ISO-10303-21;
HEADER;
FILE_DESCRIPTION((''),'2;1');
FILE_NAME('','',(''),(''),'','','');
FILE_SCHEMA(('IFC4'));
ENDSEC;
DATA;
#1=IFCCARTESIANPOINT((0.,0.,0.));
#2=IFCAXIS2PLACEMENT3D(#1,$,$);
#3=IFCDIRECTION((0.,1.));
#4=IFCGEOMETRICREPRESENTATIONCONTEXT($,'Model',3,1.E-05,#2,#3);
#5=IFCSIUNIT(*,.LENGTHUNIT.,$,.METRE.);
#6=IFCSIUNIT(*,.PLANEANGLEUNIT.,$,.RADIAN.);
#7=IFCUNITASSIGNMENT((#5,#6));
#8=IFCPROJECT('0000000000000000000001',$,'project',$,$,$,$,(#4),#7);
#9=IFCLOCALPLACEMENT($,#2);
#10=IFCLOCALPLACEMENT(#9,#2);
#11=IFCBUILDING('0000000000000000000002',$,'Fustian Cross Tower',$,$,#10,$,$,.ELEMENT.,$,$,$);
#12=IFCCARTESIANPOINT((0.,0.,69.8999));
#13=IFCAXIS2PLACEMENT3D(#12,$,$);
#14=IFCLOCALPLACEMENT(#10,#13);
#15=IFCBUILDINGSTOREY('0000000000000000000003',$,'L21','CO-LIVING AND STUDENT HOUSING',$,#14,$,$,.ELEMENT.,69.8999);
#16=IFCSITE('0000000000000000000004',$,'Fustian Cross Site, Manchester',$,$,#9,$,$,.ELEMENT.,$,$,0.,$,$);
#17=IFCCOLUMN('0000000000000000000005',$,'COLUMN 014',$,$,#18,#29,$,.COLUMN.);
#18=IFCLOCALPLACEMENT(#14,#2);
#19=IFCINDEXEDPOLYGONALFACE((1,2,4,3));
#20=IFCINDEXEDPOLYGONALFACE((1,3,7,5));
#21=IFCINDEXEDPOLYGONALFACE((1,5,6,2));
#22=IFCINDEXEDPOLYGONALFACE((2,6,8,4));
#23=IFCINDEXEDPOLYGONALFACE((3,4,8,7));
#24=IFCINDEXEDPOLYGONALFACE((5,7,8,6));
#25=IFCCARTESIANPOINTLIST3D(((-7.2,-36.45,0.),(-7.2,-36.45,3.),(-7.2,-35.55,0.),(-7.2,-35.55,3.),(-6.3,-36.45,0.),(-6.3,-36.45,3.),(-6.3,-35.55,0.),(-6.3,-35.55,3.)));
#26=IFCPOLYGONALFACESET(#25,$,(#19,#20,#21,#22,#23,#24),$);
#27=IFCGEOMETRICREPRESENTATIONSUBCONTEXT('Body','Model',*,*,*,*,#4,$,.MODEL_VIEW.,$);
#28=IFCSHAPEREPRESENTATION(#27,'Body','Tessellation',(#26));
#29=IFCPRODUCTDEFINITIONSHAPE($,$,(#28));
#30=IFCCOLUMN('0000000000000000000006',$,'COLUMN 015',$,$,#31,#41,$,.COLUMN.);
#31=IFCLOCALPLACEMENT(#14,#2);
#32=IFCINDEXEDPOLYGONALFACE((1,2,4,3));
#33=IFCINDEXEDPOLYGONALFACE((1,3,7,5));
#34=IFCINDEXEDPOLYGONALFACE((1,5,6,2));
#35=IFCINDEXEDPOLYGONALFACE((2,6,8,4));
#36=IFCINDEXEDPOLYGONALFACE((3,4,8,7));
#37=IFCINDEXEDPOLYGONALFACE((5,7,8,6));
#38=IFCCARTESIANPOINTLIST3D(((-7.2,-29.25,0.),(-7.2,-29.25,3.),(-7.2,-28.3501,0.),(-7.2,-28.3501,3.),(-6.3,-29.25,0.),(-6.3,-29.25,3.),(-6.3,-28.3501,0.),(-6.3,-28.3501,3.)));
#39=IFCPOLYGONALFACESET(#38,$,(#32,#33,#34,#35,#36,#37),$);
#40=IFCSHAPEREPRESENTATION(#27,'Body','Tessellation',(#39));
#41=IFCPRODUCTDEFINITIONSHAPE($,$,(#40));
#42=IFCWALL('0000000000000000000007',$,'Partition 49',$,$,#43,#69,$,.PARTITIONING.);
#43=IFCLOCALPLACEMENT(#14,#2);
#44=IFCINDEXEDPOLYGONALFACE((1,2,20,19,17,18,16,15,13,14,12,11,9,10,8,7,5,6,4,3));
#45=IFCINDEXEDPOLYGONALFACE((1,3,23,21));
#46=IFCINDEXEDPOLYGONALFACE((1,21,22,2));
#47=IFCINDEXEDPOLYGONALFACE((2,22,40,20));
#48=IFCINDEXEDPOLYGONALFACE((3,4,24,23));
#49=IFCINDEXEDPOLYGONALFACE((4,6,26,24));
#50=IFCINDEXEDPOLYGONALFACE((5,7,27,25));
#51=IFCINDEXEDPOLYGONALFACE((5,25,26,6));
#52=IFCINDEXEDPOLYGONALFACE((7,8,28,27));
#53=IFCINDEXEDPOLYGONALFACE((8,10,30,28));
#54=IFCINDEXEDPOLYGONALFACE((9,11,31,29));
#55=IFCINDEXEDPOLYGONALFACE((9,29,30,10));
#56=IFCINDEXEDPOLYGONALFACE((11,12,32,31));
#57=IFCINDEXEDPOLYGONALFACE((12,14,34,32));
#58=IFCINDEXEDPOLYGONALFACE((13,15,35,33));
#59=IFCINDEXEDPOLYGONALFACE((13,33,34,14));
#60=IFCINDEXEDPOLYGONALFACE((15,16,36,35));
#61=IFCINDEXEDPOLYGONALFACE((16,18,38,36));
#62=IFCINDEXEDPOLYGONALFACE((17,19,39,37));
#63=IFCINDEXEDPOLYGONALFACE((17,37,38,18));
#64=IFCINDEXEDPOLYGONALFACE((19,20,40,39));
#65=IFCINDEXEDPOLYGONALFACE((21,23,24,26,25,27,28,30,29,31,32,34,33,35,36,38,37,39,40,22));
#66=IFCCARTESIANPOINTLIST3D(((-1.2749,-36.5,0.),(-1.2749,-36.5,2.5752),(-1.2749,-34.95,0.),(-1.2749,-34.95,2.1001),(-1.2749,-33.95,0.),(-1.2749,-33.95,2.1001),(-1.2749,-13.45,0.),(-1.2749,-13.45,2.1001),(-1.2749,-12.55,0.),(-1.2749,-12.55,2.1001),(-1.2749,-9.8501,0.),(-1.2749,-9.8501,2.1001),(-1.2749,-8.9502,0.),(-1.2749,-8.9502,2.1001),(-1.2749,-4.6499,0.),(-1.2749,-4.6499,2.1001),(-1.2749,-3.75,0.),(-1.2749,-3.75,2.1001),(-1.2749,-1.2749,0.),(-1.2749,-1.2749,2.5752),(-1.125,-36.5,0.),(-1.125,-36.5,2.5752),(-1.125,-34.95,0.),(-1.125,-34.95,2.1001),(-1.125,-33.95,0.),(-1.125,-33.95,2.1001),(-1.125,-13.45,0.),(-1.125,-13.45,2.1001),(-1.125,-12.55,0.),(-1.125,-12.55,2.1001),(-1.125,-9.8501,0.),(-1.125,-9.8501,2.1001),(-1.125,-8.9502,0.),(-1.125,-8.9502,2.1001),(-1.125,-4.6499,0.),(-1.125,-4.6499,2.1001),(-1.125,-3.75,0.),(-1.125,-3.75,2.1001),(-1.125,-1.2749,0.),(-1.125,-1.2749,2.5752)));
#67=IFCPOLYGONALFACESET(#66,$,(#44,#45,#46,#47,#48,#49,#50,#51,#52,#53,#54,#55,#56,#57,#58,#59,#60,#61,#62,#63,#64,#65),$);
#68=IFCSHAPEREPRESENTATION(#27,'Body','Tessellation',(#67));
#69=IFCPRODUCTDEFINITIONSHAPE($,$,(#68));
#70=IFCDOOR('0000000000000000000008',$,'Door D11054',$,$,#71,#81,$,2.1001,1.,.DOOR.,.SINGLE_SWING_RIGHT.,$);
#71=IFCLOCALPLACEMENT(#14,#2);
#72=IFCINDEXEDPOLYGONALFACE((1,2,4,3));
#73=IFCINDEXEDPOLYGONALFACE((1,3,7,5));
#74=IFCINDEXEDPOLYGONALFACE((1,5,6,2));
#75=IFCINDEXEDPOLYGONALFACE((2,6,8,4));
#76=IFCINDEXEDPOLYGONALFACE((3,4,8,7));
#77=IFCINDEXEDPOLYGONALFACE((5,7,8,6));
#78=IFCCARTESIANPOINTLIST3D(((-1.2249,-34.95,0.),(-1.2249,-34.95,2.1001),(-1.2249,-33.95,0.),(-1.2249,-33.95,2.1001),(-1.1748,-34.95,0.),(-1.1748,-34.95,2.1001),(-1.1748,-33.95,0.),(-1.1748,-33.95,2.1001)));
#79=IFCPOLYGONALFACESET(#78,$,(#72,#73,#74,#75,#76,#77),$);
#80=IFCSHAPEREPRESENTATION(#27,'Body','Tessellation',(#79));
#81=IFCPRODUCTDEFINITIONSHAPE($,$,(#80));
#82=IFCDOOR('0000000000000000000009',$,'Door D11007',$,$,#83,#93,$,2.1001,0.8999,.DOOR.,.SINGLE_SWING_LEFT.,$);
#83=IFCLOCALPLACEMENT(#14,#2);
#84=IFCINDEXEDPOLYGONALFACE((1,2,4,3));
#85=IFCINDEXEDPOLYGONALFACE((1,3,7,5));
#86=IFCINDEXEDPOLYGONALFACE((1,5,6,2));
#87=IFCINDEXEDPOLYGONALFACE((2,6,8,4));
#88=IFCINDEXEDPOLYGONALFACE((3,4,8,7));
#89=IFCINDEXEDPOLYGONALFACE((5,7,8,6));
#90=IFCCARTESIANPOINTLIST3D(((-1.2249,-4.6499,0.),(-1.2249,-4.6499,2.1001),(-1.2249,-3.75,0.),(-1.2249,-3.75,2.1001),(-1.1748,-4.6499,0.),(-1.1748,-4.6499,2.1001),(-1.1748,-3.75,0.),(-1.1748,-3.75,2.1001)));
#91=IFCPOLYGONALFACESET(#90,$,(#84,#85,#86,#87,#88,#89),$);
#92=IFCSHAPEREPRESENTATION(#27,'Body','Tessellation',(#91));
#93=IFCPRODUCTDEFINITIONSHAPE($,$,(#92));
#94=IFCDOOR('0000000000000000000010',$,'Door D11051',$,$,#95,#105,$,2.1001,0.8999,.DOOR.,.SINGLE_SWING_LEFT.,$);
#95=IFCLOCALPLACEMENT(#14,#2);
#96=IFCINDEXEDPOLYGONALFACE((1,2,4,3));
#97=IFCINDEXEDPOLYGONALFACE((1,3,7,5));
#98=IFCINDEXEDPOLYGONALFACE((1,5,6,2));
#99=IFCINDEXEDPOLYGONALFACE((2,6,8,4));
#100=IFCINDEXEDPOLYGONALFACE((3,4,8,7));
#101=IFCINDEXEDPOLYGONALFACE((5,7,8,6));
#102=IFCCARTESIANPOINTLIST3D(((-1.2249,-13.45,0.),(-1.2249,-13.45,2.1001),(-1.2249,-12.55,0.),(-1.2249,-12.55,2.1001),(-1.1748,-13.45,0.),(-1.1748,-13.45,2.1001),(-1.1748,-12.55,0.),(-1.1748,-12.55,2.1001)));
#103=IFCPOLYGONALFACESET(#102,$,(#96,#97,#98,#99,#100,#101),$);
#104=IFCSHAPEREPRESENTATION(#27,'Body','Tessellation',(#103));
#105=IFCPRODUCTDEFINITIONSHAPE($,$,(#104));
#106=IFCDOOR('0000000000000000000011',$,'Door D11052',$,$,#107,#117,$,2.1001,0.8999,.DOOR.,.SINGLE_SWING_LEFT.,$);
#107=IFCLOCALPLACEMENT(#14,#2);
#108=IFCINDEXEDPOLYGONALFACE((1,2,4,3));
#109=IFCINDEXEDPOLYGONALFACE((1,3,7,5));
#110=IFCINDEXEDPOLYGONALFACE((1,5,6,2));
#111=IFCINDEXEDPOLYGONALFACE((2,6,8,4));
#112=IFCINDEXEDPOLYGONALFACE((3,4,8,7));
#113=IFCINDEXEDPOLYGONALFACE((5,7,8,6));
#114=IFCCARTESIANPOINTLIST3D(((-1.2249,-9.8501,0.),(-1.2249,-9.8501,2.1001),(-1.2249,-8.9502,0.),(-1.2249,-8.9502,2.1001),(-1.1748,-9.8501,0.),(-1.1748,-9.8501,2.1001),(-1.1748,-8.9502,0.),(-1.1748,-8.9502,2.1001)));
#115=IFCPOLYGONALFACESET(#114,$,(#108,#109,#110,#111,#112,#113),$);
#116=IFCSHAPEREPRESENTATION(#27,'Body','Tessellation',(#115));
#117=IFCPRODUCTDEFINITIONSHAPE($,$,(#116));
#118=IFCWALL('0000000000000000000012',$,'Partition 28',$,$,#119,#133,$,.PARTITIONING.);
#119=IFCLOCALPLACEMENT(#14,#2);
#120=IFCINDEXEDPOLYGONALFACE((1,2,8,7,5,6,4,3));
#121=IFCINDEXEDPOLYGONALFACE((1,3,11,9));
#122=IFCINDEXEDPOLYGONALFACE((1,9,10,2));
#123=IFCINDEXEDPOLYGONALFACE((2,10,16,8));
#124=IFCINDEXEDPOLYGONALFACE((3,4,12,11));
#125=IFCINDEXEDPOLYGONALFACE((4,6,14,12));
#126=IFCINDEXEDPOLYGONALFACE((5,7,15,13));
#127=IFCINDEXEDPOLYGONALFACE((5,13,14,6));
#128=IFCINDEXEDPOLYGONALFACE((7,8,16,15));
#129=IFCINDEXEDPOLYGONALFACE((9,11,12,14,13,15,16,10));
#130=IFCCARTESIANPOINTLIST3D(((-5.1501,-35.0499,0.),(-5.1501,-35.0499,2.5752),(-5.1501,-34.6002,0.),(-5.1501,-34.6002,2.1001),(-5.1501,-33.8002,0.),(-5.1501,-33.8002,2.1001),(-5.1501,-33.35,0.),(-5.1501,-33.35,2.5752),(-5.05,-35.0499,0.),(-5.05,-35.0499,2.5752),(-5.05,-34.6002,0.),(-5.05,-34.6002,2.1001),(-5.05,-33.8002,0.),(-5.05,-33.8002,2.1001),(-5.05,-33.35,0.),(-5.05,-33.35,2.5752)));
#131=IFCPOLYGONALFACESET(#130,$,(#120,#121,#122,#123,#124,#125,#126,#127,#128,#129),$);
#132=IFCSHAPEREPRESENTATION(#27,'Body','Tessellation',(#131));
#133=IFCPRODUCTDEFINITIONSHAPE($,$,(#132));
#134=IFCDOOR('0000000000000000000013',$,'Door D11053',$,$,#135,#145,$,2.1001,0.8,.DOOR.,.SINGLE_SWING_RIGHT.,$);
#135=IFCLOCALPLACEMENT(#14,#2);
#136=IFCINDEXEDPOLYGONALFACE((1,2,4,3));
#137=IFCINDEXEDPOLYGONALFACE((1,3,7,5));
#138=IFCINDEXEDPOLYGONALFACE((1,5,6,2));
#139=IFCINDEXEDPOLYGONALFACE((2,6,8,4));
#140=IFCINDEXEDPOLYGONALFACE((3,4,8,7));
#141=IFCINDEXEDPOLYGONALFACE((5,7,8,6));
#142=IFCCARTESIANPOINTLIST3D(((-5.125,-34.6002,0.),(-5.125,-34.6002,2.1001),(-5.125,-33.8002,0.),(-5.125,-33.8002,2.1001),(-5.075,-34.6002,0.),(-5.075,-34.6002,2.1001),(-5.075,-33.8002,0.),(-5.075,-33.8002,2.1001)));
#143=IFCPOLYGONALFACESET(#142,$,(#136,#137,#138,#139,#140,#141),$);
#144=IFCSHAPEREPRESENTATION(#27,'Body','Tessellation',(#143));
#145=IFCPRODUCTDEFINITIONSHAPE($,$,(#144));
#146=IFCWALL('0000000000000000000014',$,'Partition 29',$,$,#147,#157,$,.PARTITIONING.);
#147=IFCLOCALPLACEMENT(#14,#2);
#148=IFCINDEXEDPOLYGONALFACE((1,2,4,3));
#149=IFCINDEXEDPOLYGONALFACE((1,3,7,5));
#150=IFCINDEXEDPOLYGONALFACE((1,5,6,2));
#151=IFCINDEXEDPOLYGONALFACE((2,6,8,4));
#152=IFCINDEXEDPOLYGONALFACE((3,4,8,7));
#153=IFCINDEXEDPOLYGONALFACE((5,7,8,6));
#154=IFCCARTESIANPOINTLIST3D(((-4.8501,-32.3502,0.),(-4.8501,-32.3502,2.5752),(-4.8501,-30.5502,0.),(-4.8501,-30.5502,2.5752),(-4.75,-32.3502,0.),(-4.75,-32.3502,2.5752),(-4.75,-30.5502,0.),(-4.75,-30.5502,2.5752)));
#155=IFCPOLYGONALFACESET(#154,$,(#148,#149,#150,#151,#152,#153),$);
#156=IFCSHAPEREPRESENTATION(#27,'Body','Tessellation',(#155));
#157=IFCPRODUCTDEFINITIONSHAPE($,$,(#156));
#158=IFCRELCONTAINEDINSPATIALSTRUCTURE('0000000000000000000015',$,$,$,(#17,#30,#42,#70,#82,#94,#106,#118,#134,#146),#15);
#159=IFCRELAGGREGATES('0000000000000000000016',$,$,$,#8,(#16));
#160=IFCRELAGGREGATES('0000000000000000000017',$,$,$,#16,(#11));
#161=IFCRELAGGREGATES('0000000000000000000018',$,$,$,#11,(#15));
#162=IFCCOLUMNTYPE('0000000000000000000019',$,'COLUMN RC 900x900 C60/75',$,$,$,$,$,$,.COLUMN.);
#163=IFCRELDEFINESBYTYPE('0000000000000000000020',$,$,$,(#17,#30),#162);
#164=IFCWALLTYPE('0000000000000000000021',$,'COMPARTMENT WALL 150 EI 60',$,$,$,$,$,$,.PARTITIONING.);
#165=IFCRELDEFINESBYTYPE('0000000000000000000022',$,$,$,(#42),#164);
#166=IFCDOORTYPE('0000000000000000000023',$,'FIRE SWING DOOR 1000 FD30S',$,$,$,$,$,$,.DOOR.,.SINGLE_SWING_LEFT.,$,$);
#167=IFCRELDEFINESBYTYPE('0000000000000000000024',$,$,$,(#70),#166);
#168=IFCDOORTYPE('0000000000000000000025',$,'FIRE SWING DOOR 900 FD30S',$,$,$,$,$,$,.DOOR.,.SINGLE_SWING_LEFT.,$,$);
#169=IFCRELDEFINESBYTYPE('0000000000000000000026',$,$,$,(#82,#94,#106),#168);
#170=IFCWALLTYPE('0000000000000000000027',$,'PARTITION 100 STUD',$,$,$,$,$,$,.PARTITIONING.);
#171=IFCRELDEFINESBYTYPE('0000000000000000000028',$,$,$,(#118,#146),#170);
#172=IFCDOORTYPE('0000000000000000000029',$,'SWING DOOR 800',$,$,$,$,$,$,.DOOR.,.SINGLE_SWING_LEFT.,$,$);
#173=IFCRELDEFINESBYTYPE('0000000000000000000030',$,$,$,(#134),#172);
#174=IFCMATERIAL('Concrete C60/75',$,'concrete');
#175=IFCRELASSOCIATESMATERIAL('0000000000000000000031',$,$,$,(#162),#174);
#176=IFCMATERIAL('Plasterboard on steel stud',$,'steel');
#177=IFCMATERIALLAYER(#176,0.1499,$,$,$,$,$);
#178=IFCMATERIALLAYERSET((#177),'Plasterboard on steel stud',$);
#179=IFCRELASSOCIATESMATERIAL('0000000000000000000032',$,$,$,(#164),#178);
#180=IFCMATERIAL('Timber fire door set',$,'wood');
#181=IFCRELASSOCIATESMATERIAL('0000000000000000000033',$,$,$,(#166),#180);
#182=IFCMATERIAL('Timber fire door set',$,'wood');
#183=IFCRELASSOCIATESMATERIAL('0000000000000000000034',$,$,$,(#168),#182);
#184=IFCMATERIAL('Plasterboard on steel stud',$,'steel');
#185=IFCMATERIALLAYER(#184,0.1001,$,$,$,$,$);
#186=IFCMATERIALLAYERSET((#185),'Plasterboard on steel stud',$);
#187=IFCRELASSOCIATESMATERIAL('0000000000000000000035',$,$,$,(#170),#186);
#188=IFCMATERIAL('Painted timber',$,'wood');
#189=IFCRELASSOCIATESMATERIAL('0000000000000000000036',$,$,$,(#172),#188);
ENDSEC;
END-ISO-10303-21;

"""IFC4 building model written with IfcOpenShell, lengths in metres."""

from ifc_helpers import new_model, si_unit, direction, frame, frame_2d, origin, origin_2d, place, context, subcontext, project, spatial, rectangle, extrude, material, layer, layer_set, material_profile, profile_set, type_object, element, fill, save


model = new_model("IFC4")

# Units and contexts
model_context = context("Model", 3, precision=1e-05, world=origin(), true_north=direction((0.0, 1.0)))
body_context = subcontext(model_context, "Body", "Model", "MODEL_VIEW")
ifc_project = project(units=[si_unit("LENGTHUNIT", "METRE"), si_unit("PLANEANGLEUNIT", "RADIAN")], contexts=[model_context])

# Site, building, storey
site_placement = place(None, origin())
site = spatial("IfcSite", under=ifc_project, at=site_placement, Name="Fustian Cross Site, Manchester", CompositionType="ELEMENT", RefElevation=0.0)
building_placement = place(site_placement, origin())
building = spatial("IfcBuilding", under=site, at=building_placement, Name="Fustian Cross Tower", CompositionType="ELEMENT")
storey_placement = place(building_placement, frame((0.0, 0.0, 69.8999)))
storey = spatial("IfcBuildingStorey", under=building, at=storey_placement, Name="L21", Description="CO-LIVING AND STUDENT HOUSING", CompositionType="ELEMENT", Elevation=69.8999)

# Columns
ifc_material_1 = material(Name="Concrete C60/75", Category="concrete")
ifc_material_profile = material_profile(ifc_material_1, rectangle(XDim=0.8999, YDim=0.8999, at=origin_2d()), Name="RC 900x900")
ifc_profile_set = profile_set([ifc_material_profile], Name="Concrete C60/75")
column_type = type_object("IfcColumnType", Name="COLUMN RC 900x900 C60/75", PredefinedType="COLUMN", material=ifc_profile_set)
for number, where, z_axis, x_axis, name in (
    (1, (-6.75, -36.0, 0.0), (0.0, 0.0, 1.0), (1.0, 0.0, 0.0), "COLUMN 014"),
    (2, (-6.75, -28.8, 0.0), (0.0, 0.0, 1.0), (1.0, 0.0, 0.0), "COLUMN 015"),
):
    element("IfcColumn", number, at=place(storey_placement, frame(where, z_axis=z_axis, x_axis=x_axis)), inside=storey, type_object=column_type, Name=name, PredefinedType="COLUMN", context=body_context, shape_type="SweptSolid", body=[
        extrude(rectangle(XDim=0.8999, YDim=0.8999, at=origin_2d()), origin(), (0.0, 0.0, 1.0), 3.0),
    ])

# Wall, openings, doors
ifc_material_2 = material(Name="Plasterboard on steel stud", Category="steel")
ifc_layer_1 = layer(ifc_material_2, 0.1499)
ifc_layer_set_1 = layer_set([ifc_layer_1], Name="Plasterboard on steel stud")
wall_type_1 = type_object("IfcWallType", Name="COMPARTMENT WALL 150 EI 60", PredefinedType="PARTITIONING", material=ifc_layer_set_1)
wall_1_placement = place(storey_placement, frame((-1.2, -36.5, 0.0), z_axis=(0.0, 0.0, 1.0), x_axis=(0.0, 1.0, 0.0)))
wall_1 = element("IfcWall", 3, at=wall_1_placement, inside=storey, type_object=wall_type_1, Name="Partition 49", PredefinedType="PARTITIONING", context=body_context, shape_type="SweptSolid", body=[
    extrude(rectangle(XDim=35.2251, YDim=0.1499, at=frame_2d((17.6125, 0.0))), origin(), (0.0, 0.0, 1.0), 2.5752),
])
opening_1_placement = place(wall_1_placement, frame((31.8501, 0.0, 0.0)))
opening_1 = element("IfcOpeningElement", 4, at=opening_1_placement, cuts=wall_1, PredefinedType="OPENING", context=body_context, shape_type="SweptSolid", body=[
    extrude(rectangle(XDim=0.8999, YDim=2.1001, at=frame_2d((0.45, 1.05))), frame((0.0, 0.085, 0.0), z_axis=(0.0, -1.0, 0.0), x_axis=(1.0, 0.0, 0.0)), (0.0, 0.0, 1.0), 0.1699),
])
opening_2_placement = place(wall_1_placement, frame((23.05, 0.0, 0.0)))
opening_2 = element("IfcOpeningElement", 5, at=opening_2_placement, cuts=wall_1, PredefinedType="OPENING", context=body_context, shape_type="SweptSolid", body=[
    extrude(rectangle(XDim=0.8999, YDim=2.1001, at=frame_2d((0.45, 1.05))), frame((0.0, 0.085, 0.0), z_axis=(0.0, -1.0, 0.0), x_axis=(1.0, 0.0, 0.0)), (0.0, 0.0, 1.0), 0.1699),
])
opening_3_placement = place(wall_1_placement, frame((26.6499, 0.0, 0.0)))
opening_3 = element("IfcOpeningElement", 6, at=opening_3_placement, cuts=wall_1, PredefinedType="OPENING", context=body_context, shape_type="SweptSolid", body=[
    extrude(rectangle(XDim=0.8999, YDim=2.1001, at=frame_2d((0.45, 1.05))), frame((0.0, 0.085, 0.0), z_axis=(0.0, -1.0, 0.0), x_axis=(1.0, 0.0, 0.0)), (0.0, 0.0, 1.0), 0.1699),
])
opening_4_placement = place(wall_1_placement, frame((1.55, 0.0, 0.0)))
opening_4 = element("IfcOpeningElement", 7, at=opening_4_placement, cuts=wall_1, PredefinedType="OPENING", context=body_context, shape_type="SweptSolid", body=[
    extrude(rectangle(XDim=1.0, YDim=2.1001, at=frame_2d((0.5, 1.05))), frame((0.0, 0.085, 0.0), z_axis=(0.0, -1.0, 0.0), x_axis=(1.0, 0.0, 0.0)), (0.0, 0.0, 1.0), 0.1699),
])
ifc_material_3 = material(Name="Timber fire door set", Category="wood")
door_type_1 = type_object("IfcDoorType", Name="FIRE SWING DOOR 1000 FD30S", OperationType="SINGLE_SWING_LEFT", PredefinedType="DOOR", material=ifc_material_3)
door_1_placement = place(opening_4_placement, origin())
door_1 = element("IfcDoor", 8, at=door_1_placement, inside=storey, type_object=door_type_1, Name="Door D11054", OperationType="SINGLE_SWING_RIGHT", OverallHeight=2.1001, OverallWidth=1.0, PredefinedType="DOOR", context=body_context, shape_type="SweptSolid", body=[
    extrude(rectangle(XDim=1.0, YDim=2.1001, at=frame_2d((0.5, 1.05))), frame((0.0, 0.0249, 0.0), z_axis=(0.0, -1.0, 0.0), x_axis=(1.0, 0.0, 0.0)), (0.0, 0.0, 1.0), 0.05),
])
fill(opening_4, door_1)
ifc_material_4 = material(Name="Timber fire door set", Category="wood")
door_type_2 = type_object("IfcDoorType", Name="FIRE SWING DOOR 900 FD30S", OperationType="SINGLE_SWING_LEFT", PredefinedType="DOOR", material=ifc_material_4)
door_2_placement = place(opening_1_placement, origin())
door_2 = element("IfcDoor", 9, at=door_2_placement, inside=storey, type_object=door_type_2, Name="Door D11007", OperationType="SINGLE_SWING_LEFT", OverallHeight=2.1001, OverallWidth=0.8999, PredefinedType="DOOR", context=body_context, shape_type="SweptSolid", body=[
    extrude(rectangle(XDim=0.8999, YDim=2.1001, at=frame_2d((0.45, 1.05))), frame((0.0, 0.0249, 0.0), z_axis=(0.0, -1.0, 0.0), x_axis=(1.0, 0.0, 0.0)), (0.0, 0.0, 1.0), 0.05),
])
fill(opening_1, door_2)
door_3_placement = place(opening_2_placement, origin())
door_3 = element("IfcDoor", 10, at=door_3_placement, inside=storey, type_object=door_type_2, Name="Door D11051", OperationType="SINGLE_SWING_LEFT", OverallHeight=2.1001, OverallWidth=0.8999, PredefinedType="DOOR", context=body_context, shape_type="SweptSolid", body=[
    extrude(rectangle(XDim=0.8999, YDim=2.1001, at=frame_2d((0.45, 1.05))), frame((0.0, 0.0249, 0.0), z_axis=(0.0, -1.0, 0.0), x_axis=(1.0, 0.0, 0.0)), (0.0, 0.0, 1.0), 0.05),
])
fill(opening_2, door_3)
door_4_placement = place(opening_3_placement, origin())
door_4 = element("IfcDoor", 11, at=door_4_placement, inside=storey, type_object=door_type_2, Name="Door D11052", OperationType="SINGLE_SWING_LEFT", OverallHeight=2.1001, OverallWidth=0.8999, PredefinedType="DOOR", context=body_context, shape_type="SweptSolid", body=[
    extrude(rectangle(XDim=0.8999, YDim=2.1001, at=frame_2d((0.45, 1.05))), frame((0.0, 0.0249, 0.0), z_axis=(0.0, -1.0, 0.0), x_axis=(1.0, 0.0, 0.0)), (0.0, 0.0, 1.0), 0.05),
])
fill(opening_3, door_4)

# Wall, opening, door
ifc_material_5 = material(Name="Plasterboard on steel stud", Category="steel")
ifc_layer_2 = layer(ifc_material_5, 0.1001)
ifc_layer_set_2 = layer_set([ifc_layer_2], Name="Plasterboard on steel stud")
wall_type_2 = type_object("IfcWallType", Name="PARTITION 100 STUD", PredefinedType="PARTITIONING", material=ifc_layer_set_2)
wall_2_placement = place(storey_placement, frame((-5.1001, -35.05, 0.0), z_axis=(0.0, 0.0, 1.0), x_axis=(0.0, 1.0, 0.0)))
wall_2 = element("IfcWall", 12, at=wall_2_placement, inside=storey, type_object=wall_type_2, Name="Partition 28", PredefinedType="PARTITIONING", context=body_context, shape_type="SweptSolid", body=[
    extrude(rectangle(XDim=1.7, YDim=0.1001, at=frame_2d((0.8501, 0.0))), origin(), (0.0, 0.0, 1.0), 2.5752),
])
opening_5_placement = place(wall_2_placement, frame((0.45, 0.0, 0.0)))
opening_5 = element("IfcOpeningElement", 13, at=opening_5_placement, cuts=wall_2, PredefinedType="OPENING", context=body_context, shape_type="SweptSolid", body=[
    extrude(rectangle(XDim=0.8, YDim=2.1001, at=frame_2d((0.3999, 1.05))), frame((0.0, 0.0601, 0.0), z_axis=(0.0, -1.0, 0.0), x_axis=(1.0, 0.0, 0.0)), (0.0, 0.0, 1.0), 0.1201),
])
ifc_material_6 = material(Name="Painted timber", Category="wood")
door_type_3 = type_object("IfcDoorType", Name="SWING DOOR 800", OperationType="SINGLE_SWING_LEFT", PredefinedType="DOOR", material=ifc_material_6)
door_5_placement = place(opening_5_placement, origin())
door_5 = element("IfcDoor", 14, at=door_5_placement, inside=storey, type_object=door_type_3, Name="Door D11053", OperationType="SINGLE_SWING_RIGHT", OverallHeight=2.1001, OverallWidth=0.8, PredefinedType="DOOR", context=body_context, shape_type="SweptSolid", body=[
    extrude(rectangle(XDim=0.8, YDim=2.1001, at=frame_2d((0.3999, 1.05))), frame((0.0, 0.0249, 0.0), z_axis=(0.0, -1.0, 0.0), x_axis=(1.0, 0.0, 0.0)), (0.0, 0.0, 1.0), 0.05),
])
fill(opening_5, door_5)

# Wall
wall_3_placement = place(storey_placement, frame((-4.8, -32.3501, 0.0), z_axis=(0.0, 0.0, 1.0), x_axis=(0.0, 1.0, 0.0)))
element("IfcWall", 15, at=wall_3_placement, inside=storey, type_object=wall_type_2, Name="Partition 29", PredefinedType="PARTITIONING", context=body_context, shape_type="SweptSolid", body=[
    extrude(rectangle(XDim=1.8, YDim=0.1001, at=frame_2d((0.8999, 0.0))), origin(), (0.0, 0.0, 1.0), 2.5752),
])

save(model, "model.ifc")
